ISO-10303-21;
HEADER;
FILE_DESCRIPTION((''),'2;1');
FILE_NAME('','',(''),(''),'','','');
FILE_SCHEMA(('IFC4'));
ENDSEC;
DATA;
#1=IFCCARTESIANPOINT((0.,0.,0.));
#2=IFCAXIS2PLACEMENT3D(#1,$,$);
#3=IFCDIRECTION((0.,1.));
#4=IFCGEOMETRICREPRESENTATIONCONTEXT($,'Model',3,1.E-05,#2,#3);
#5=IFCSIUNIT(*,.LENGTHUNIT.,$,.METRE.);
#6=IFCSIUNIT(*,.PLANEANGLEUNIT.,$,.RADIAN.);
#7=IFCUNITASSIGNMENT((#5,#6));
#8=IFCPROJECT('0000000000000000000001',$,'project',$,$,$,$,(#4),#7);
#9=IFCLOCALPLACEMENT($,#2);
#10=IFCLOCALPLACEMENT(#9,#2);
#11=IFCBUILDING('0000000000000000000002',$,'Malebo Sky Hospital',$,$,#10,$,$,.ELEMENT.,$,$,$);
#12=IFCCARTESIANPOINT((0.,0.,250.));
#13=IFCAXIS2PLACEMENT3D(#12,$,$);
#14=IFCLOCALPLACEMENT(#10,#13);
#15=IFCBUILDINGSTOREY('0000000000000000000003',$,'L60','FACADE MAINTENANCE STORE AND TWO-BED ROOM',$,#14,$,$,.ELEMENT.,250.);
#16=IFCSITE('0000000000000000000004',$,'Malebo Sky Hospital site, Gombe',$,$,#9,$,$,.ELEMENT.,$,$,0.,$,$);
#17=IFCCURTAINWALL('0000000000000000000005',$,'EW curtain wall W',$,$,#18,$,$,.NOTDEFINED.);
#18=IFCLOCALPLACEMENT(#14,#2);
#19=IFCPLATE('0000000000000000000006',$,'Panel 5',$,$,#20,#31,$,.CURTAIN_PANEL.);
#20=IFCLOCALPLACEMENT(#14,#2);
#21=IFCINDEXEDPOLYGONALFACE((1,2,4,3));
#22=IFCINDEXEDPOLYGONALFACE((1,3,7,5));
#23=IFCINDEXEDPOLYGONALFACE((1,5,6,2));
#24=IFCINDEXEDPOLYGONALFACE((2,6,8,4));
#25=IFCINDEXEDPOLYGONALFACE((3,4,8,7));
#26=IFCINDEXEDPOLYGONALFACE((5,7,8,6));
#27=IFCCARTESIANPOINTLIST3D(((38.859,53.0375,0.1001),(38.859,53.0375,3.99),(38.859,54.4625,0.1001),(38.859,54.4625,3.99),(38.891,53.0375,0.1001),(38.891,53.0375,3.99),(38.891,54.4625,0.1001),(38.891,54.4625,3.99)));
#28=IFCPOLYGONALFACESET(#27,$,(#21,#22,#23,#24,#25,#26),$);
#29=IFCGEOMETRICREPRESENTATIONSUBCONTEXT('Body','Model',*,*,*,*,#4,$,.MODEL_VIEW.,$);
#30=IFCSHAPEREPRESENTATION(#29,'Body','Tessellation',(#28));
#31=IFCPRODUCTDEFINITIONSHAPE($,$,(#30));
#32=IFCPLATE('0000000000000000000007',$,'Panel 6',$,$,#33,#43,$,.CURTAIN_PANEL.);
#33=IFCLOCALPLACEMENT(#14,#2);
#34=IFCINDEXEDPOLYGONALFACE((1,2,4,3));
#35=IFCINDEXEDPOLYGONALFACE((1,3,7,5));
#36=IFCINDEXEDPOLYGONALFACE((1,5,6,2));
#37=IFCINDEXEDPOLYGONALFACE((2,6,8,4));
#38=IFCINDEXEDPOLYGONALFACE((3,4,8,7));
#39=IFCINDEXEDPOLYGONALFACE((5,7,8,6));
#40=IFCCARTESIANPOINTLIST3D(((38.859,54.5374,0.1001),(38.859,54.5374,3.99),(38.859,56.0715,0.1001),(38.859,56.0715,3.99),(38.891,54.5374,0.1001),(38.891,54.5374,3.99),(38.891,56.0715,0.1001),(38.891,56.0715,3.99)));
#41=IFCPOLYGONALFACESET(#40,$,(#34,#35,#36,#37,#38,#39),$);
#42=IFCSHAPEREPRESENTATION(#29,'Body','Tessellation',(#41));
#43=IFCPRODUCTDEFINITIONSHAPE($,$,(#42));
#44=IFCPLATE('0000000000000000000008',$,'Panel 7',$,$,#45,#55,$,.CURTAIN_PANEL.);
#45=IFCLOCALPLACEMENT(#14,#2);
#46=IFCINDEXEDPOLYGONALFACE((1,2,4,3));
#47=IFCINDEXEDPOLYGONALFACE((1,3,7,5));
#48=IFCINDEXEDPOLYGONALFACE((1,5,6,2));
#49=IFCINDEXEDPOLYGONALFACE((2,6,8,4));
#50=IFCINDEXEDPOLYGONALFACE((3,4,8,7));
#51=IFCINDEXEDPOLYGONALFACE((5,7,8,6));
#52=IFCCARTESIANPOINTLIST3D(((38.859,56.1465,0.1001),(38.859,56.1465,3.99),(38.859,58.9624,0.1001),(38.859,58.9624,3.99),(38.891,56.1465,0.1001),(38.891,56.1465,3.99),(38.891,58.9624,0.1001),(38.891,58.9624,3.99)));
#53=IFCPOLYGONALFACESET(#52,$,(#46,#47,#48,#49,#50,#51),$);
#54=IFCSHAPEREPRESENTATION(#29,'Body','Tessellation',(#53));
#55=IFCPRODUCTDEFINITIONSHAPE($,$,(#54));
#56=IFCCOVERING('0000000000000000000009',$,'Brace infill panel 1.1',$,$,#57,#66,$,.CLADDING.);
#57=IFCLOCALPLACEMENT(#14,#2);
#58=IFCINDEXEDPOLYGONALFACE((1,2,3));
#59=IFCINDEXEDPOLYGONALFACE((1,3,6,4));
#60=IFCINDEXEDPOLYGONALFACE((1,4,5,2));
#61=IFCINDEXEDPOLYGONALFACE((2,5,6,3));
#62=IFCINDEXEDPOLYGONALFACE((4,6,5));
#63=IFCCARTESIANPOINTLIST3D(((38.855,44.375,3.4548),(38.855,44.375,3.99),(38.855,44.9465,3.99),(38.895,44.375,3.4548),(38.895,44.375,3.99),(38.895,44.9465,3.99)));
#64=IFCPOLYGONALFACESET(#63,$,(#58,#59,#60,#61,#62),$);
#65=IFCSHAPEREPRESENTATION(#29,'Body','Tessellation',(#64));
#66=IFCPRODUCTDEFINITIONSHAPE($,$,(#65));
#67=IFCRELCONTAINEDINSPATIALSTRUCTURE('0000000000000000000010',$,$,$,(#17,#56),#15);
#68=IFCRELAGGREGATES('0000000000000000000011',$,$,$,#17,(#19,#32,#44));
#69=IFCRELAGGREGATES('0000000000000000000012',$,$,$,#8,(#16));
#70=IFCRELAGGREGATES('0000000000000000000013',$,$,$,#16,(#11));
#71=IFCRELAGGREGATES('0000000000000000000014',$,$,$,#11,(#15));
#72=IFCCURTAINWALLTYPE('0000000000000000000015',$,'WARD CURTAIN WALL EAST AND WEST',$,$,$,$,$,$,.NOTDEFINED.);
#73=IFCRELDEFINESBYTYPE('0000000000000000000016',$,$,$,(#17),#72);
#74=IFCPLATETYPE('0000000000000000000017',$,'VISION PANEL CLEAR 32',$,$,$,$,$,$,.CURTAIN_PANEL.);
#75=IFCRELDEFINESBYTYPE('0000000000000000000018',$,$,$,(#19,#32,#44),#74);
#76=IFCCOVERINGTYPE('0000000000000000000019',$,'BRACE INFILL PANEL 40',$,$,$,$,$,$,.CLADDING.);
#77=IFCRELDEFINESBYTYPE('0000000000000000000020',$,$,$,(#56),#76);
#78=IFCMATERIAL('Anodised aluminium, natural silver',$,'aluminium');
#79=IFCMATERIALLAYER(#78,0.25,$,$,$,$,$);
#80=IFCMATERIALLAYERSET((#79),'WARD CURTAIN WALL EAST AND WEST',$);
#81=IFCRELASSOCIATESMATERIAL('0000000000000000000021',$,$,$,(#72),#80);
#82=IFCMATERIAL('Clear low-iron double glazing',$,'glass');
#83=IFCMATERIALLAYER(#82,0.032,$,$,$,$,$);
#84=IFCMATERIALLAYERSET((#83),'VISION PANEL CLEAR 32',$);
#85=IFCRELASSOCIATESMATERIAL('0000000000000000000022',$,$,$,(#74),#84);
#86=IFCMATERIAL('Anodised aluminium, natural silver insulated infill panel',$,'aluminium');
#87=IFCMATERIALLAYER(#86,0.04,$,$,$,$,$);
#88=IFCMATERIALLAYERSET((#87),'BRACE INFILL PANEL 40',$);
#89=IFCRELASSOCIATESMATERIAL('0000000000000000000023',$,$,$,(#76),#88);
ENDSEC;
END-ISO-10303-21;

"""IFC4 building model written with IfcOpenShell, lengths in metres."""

from ifc_helpers import new_model, si_unit, direction, frame, origin, origin_2d, place, context, subcontext, project, spatial, polyline, rectangle, outline, extrude, material, layer, layer_set, type_object, element, aggregate, save


model = new_model("IFC4")

# Units and contexts
model_context = context("Model", 3, precision=1e-05, world=origin(), true_north=direction((0.0, 1.0)))
body_context = subcontext(model_context, "Body", "Model", "MODEL_VIEW")
ifc_project = project(units=[si_unit("LENGTHUNIT", "METRE"), si_unit("PLANEANGLEUNIT", "RADIAN")], contexts=[model_context])

# Site, building, storey
site_placement = place(None, origin())
site = spatial("IfcSite", under=ifc_project, at=site_placement, Name="Malebo Sky Hospital site, Gombe", CompositionType="ELEMENT", RefElevation=0.0)
building_placement = place(site_placement, origin())
building = spatial("IfcBuilding", under=site, at=building_placement, Name="Malebo Sky Hospital", CompositionType="ELEMENT")
storey_placement = place(building_placement, frame((0.0, 0.0, 250.0)))
storey = spatial("IfcBuildingStorey", under=building, at=storey_placement, Name="L60", Description="FACADE MAINTENANCE STORE AND TWO-BED ROOM", CompositionType="ELEMENT", Elevation=250.0)

# Curtain wall
ifc_material_1 = material(Name="Anodised aluminium, natural silver", Category="aluminium")
ifc_layer_1 = layer(ifc_material_1, 0.25)
ifc_layer_set_1 = layer_set([ifc_layer_1], Name="WARD CURTAIN WALL EAST AND WEST")
curtain_wall_type = type_object("IfcCurtainWallType", Name="WARD CURTAIN WALL EAST AND WEST", PredefinedType="NOTDEFINED", material=ifc_layer_set_1)
curtain_wall_placement = place(storey_placement, origin())
curtain_wall = element("IfcCurtainWall", 1, at=curtain_wall_placement, inside=storey, type_object=curtain_wall_type, Name="EW curtain wall W", PredefinedType="NOTDEFINED")

# Plates
ifc_material_2 = material(Name="Clear low-iron double glazing", Category="glass")
ifc_layer_2 = layer(ifc_material_2, 0.032)
ifc_layer_set_2 = layer_set([ifc_layer_2], Name="VISION PANEL CLEAR 32")
plate_type = type_object("IfcPlateType", Name="VISION PANEL CLEAR 32", PredefinedType="CURTAIN_PANEL", material=ifc_layer_set_2)
plate_1_placement = place(storey_placement, frame((38.875, 53.75, 0.1001), z_axis=(0.0, 0.0, 1.0), x_axis=(0.0, 1.0, 0.0)))
plate_1 = element("IfcPlate", 2, at=plate_1_placement, type_object=plate_type, Name="Panel 5", PredefinedType="CURTAIN_PANEL", context=body_context, shape_type="SweptSolid", body=[
    extrude(rectangle(XDim=1.425, YDim=0.032, at=origin_2d()), origin(), (0.0, 0.0, 1.0), 3.8899),
])
plate_2_placement = place(storey_placement, frame((38.875, 55.3044, 0.1001), z_axis=(0.0, 0.0, 1.0), x_axis=(0.0, 1.0, 0.0)))
plate_2 = element("IfcPlate", 3, at=plate_2_placement, type_object=plate_type, Name="Panel 6", PredefinedType="CURTAIN_PANEL", context=body_context, shape_type="SweptSolid", body=[
    extrude(rectangle(XDim=1.5342, YDim=0.032, at=origin_2d()), origin(), (0.0, 0.0, 1.0), 3.8899),
])
plate_3_placement = place(storey_placement, frame((38.875, 57.5544, 0.1001), z_axis=(0.0, 0.0, 1.0), x_axis=(0.0, 1.0, 0.0)))
plate_3 = element("IfcPlate", 4, at=plate_3_placement, type_object=plate_type, Name="Panel 7", PredefinedType="CURTAIN_PANEL", context=body_context, shape_type="SweptSolid", body=[
    extrude(rectangle(XDim=2.8159, YDim=0.032, at=origin_2d()), origin(), (0.0, 0.0, 1.0), 3.8899),
])
aggregate(curtain_wall, [plate_1, plate_2, plate_3])

# Covering
ifc_material_3 = material(Name="Anodised aluminium, natural silver insulated infill panel", Category="aluminium")
ifc_layer_3 = layer(ifc_material_3, 0.04)
ifc_layer_set_3 = layer_set([ifc_layer_3], Name="BRACE INFILL PANEL 40")
covering_type = type_object("IfcCoveringType", Name="BRACE INFILL PANEL 40", PredefinedType="CLADDING", material=ifc_layer_set_3)
covering_placement = place(storey_placement, frame((38.875, 44.6609, 3.4548), z_axis=(0.0, 0.0, 1.0), x_axis=(0.0, 1.0, 0.0)))
element("IfcCovering", 5, at=covering_placement, inside=storey, type_object=covering_type, Name="Brace infill panel 1.1", PredefinedType="CLADDING", context=body_context, shape_type="SweptSolid", body=[
    extrude(outline(polyline([(-0.2859, 0.0), (0.2856, 0.5352), (-0.2859, 0.5352), (-0.2859, 0.0)])), frame((0.0, 0.02, 0.0), z_axis=(0.0, -1.0, 0.0), x_axis=(1.0, 0.0, 0.0)), (0.0, 0.0, 1.0), 0.04),
])

save(model, "model.ifc")
